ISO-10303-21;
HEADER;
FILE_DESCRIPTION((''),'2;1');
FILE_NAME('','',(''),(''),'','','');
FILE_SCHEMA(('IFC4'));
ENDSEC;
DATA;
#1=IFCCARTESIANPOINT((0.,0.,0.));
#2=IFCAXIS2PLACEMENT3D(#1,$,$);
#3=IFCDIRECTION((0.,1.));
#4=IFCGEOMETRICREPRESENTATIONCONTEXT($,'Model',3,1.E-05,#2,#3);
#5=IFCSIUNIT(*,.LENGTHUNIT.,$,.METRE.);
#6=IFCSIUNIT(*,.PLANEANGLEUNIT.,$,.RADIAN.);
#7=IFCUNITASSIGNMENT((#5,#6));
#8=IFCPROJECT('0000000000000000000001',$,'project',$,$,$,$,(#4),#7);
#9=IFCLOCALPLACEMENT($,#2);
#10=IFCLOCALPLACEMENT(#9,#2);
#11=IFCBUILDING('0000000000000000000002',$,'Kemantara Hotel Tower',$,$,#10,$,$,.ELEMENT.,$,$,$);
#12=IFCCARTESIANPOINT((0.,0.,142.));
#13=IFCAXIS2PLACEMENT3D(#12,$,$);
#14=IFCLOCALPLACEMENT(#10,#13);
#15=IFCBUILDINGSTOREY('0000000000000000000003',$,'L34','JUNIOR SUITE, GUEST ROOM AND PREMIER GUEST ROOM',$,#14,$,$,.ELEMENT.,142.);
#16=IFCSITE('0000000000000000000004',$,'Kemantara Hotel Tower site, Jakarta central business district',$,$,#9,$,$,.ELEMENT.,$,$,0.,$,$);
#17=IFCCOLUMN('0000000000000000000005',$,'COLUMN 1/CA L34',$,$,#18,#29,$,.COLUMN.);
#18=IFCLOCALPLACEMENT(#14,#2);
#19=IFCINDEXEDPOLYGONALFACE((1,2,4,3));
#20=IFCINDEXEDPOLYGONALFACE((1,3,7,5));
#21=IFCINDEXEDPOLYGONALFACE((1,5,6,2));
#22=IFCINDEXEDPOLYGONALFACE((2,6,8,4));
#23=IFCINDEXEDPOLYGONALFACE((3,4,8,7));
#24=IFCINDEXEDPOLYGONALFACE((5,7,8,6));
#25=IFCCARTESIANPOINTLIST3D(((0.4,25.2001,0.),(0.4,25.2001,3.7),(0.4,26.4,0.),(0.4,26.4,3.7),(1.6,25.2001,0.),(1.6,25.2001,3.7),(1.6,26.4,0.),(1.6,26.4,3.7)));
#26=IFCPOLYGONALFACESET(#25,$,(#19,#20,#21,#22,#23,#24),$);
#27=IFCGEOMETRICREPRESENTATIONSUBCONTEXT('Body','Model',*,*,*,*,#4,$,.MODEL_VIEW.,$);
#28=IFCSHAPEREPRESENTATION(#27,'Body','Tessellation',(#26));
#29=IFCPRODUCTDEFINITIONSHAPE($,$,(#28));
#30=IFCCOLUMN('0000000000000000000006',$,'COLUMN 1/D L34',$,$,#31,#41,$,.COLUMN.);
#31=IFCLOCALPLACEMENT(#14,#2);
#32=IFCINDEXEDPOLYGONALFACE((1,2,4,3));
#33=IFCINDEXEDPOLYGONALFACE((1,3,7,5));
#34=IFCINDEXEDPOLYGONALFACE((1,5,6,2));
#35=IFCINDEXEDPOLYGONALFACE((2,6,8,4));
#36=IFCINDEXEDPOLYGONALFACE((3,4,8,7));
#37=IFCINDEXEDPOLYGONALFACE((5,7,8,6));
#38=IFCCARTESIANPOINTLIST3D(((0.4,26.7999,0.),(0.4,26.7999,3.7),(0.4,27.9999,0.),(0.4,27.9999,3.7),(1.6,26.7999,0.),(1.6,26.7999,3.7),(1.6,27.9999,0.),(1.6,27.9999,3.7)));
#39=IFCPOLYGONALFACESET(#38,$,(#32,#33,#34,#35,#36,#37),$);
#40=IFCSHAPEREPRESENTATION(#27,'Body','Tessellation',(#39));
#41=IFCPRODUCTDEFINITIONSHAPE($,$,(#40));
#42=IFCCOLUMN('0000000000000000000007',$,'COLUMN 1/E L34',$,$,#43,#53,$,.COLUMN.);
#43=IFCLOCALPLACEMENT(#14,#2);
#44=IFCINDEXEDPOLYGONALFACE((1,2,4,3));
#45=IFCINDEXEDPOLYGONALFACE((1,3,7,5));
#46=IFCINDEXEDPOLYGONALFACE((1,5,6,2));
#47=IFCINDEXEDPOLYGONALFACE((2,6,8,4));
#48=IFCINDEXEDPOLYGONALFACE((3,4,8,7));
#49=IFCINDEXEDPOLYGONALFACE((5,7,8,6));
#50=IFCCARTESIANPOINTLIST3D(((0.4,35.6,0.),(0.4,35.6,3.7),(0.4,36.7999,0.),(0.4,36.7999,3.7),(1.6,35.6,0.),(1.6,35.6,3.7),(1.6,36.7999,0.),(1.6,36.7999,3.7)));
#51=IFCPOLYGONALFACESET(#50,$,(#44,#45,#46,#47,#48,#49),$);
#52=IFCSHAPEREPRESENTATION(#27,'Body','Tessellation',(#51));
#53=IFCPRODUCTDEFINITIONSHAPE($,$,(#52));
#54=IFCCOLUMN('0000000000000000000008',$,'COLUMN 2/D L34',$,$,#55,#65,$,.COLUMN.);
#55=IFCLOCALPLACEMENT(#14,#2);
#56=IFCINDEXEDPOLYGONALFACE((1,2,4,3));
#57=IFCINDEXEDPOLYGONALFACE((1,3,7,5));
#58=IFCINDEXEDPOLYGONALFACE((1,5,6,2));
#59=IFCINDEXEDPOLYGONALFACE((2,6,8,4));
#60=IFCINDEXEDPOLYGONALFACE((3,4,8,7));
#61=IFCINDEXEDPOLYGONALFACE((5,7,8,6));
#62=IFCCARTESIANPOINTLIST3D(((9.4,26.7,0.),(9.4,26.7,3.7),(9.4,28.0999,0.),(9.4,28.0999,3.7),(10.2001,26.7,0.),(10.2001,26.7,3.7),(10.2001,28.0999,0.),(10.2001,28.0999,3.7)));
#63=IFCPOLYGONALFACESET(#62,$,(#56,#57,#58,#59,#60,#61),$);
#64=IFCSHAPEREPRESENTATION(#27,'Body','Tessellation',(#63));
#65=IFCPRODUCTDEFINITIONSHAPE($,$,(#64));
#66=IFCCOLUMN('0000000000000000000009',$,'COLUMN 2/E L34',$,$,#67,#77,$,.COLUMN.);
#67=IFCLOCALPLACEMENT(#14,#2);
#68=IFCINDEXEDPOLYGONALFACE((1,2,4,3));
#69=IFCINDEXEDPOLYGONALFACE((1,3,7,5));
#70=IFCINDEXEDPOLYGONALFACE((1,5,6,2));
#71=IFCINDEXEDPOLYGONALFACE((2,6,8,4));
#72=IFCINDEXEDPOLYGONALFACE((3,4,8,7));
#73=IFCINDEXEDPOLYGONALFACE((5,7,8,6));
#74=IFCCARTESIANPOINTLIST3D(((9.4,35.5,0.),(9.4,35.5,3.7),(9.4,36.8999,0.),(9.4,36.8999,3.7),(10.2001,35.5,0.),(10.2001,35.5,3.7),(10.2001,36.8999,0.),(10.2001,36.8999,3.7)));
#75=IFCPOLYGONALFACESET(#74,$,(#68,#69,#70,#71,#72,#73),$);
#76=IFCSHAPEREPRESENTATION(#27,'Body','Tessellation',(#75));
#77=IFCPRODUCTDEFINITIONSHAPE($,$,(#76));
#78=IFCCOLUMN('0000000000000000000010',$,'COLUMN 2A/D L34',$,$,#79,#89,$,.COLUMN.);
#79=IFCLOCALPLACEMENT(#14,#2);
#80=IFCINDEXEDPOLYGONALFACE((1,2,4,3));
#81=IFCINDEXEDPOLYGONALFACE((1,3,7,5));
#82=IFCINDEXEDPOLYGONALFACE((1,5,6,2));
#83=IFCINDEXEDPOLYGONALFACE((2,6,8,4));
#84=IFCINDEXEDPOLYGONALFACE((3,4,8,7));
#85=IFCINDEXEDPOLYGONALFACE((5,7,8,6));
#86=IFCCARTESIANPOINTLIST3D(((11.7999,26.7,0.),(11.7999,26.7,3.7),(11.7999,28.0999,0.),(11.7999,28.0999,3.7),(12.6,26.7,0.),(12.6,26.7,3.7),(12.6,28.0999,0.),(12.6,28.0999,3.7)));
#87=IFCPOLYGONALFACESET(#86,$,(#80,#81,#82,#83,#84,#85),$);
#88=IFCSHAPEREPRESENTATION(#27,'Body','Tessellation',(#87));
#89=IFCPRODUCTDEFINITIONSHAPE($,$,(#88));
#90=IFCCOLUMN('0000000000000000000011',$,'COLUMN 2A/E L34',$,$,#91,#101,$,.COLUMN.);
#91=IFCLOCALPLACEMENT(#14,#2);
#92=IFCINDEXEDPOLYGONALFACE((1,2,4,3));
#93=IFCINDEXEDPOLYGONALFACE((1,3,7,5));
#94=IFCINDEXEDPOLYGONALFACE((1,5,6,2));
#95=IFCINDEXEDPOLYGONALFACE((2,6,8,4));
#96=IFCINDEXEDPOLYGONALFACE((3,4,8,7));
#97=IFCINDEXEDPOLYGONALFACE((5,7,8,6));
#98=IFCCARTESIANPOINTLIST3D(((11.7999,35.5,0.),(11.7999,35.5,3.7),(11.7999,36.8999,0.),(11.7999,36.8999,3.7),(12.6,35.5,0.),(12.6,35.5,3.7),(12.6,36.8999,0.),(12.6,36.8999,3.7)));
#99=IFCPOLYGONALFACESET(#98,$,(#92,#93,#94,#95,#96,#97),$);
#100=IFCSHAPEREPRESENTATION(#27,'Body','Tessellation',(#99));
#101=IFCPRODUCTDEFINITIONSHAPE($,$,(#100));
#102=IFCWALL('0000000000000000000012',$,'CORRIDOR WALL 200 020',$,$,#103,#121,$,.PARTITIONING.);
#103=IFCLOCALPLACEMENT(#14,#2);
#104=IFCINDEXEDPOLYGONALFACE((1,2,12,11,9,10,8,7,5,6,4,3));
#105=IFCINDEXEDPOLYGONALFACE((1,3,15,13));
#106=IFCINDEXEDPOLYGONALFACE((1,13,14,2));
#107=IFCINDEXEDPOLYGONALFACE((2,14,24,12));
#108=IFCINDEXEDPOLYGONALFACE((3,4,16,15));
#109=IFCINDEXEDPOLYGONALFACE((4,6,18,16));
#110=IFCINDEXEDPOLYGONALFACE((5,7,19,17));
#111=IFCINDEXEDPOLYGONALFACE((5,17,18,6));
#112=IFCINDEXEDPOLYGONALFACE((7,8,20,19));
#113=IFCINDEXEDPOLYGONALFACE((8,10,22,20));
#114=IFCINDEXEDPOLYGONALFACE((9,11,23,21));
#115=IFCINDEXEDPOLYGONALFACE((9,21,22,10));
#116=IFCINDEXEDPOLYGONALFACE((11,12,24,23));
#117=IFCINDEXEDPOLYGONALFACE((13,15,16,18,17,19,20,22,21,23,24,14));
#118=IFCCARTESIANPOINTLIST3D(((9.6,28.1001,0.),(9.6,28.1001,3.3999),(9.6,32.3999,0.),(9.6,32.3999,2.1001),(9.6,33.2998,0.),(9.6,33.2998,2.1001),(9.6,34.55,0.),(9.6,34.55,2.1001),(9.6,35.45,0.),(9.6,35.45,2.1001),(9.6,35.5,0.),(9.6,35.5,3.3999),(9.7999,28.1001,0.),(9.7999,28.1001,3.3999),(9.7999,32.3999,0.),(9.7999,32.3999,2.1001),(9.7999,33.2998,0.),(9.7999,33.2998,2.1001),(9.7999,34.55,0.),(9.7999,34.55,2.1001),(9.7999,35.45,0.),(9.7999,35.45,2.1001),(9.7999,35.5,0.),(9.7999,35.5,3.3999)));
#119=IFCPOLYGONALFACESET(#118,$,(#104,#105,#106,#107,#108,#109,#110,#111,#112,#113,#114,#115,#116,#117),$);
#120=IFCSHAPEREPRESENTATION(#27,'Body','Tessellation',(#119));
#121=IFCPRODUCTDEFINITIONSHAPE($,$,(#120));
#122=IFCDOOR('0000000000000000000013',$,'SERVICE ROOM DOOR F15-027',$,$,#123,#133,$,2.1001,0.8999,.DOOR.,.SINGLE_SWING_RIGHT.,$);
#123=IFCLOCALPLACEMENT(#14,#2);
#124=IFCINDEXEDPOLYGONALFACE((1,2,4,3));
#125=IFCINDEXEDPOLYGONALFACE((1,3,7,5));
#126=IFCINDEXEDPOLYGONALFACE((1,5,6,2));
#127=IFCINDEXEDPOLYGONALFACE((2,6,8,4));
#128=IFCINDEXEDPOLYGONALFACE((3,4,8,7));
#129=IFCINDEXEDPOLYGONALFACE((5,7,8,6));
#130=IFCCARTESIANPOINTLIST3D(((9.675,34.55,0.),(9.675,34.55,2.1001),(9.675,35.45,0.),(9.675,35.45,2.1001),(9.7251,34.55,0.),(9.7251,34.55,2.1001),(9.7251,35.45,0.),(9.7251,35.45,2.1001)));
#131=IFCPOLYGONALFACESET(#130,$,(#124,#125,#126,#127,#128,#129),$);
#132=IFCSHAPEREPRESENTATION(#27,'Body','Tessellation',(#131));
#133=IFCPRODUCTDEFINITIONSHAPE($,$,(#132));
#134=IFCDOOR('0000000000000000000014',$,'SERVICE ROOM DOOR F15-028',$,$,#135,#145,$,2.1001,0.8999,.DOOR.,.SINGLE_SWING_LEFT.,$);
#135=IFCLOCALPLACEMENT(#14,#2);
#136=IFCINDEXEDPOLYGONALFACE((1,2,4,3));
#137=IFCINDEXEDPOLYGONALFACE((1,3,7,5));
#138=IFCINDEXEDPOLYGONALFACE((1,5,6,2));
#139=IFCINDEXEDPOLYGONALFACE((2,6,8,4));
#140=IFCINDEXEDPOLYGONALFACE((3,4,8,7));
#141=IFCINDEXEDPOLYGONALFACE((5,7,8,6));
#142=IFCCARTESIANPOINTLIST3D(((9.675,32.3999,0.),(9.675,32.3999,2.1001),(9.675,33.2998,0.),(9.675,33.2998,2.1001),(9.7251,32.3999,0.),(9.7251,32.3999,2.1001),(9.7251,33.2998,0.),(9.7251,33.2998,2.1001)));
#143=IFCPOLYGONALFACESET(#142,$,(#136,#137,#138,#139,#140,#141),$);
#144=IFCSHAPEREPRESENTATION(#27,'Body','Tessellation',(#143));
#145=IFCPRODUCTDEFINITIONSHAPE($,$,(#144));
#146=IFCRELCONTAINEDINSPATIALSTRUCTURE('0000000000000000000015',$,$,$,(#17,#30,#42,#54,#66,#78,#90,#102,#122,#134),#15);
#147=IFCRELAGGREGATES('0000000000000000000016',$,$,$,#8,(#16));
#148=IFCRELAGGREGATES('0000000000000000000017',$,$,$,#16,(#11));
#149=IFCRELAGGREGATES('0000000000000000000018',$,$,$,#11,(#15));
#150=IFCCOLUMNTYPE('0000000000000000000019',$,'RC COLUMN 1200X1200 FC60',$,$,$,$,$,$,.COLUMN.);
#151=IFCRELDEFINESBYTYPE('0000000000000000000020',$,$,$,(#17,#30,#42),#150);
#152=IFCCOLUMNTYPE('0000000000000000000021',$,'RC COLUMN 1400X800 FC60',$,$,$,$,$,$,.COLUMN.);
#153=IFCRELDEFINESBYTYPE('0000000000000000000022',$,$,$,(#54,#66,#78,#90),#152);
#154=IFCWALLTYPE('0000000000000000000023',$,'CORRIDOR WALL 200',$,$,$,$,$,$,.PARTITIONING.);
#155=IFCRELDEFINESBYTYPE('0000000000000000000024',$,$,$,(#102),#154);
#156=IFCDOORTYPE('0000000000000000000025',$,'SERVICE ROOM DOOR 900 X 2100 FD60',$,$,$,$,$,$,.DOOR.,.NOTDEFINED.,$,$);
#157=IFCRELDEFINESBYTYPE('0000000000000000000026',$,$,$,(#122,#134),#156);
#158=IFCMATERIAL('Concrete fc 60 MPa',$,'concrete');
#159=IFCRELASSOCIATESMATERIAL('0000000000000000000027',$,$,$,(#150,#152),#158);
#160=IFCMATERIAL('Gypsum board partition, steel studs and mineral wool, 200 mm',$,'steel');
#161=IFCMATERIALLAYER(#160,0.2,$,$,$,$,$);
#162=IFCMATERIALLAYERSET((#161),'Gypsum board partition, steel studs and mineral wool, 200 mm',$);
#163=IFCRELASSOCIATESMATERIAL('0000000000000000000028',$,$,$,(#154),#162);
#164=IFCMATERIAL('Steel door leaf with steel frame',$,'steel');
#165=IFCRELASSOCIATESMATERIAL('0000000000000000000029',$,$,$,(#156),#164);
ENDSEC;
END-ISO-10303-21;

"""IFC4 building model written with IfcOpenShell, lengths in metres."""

from ifc_helpers import new_model, si_unit, direction, frame, frame_2d, origin, origin_2d, place, context, subcontext, project, spatial, rectangle, extrude, material, layer, layer_set, material_profile, profile_set, type_object, element, fill, save


model = new_model("IFC4")

# Units and contexts
model_context = context("Model", 3, precision=1e-05, world=origin(), true_north=direction((0.0, 1.0)))
body_context = subcontext(model_context, "Body", "Model", "MODEL_VIEW")
ifc_project = project(units=[si_unit("LENGTHUNIT", "METRE"), si_unit("PLANEANGLEUNIT", "RADIAN")], contexts=[model_context])

# Site, building, storey
site_placement = place(None, origin())
site = spatial("IfcSite", under=ifc_project, at=site_placement, Name="Kemantara Hotel Tower site, Jakarta central business district", CompositionType="ELEMENT", RefElevation=0.0)
building_placement = place(site_placement, origin())
building = spatial("IfcBuilding", under=site, at=building_placement, Name="Kemantara Hotel Tower", CompositionType="ELEMENT")
storey_placement = place(building_placement, frame((0.0, 0.0, 142.0)))
storey = spatial("IfcBuildingStorey", under=building, at=storey_placement, Name="L34", Description="JUNIOR SUITE, GUEST ROOM AND PREMIER GUEST ROOM", CompositionType="ELEMENT", Elevation=142.0)

# Columns
ifc_material_1 = material(Name="Concrete fc 60 MPa", Category="concrete")
ifc_material_profile_1 = material_profile(ifc_material_1, rectangle(XDim=1.2, YDim=1.2, at=origin_2d()), Name="RC 1200X1200")
ifc_profile_set_1 = profile_set([ifc_material_profile_1], Name="Concrete fc 60 MPa")
column_type_1 = type_object("IfcColumnType", Name="RC COLUMN 1200X1200 FC60", PredefinedType="COLUMN", material=ifc_profile_set_1)
for number, where, z_axis, x_axis, name in (
    (1, (1.0, 25.8, 0.0), (0.0, 0.0, 1.0), (1.0, 0.0, 0.0), "COLUMN 1/CA L34"),
    (2, (1.0, 27.3999, 0.0), (0.0, 0.0, 1.0), (1.0, 0.0, 0.0), "COLUMN 1/D L34"),
    (3, (1.0, 36.2, 0.0), (0.0, 0.0, 1.0), (1.0, 0.0, 0.0), "COLUMN 1/E L34"),
):
    element("IfcColumn", number, at=place(storey_placement, frame(where, z_axis=z_axis, x_axis=x_axis)), inside=storey, type_object=column_type_1, Name=name, PredefinedType="COLUMN", context=body_context, shape_type="SweptSolid", body=[
        extrude(rectangle(XDim=1.2, YDim=1.2, at=origin_2d()), origin(), (0.0, 0.0, 1.0), 3.7),
    ])
ifc_material_profile_2 = material_profile(ifc_material_1, rectangle(XDim=1.3999, YDim=0.8, at=origin_2d()), Name="RC 1400X800")
ifc_profile_set_2 = profile_set([ifc_material_profile_2], Name="Concrete fc 60 MPa")
column_type_2 = type_object("IfcColumnType", Name="RC COLUMN 1400X800 FC60", PredefinedType="COLUMN", material=ifc_profile_set_2)
for number, where, z_axis, x_axis, name in (
    (4, (9.8, 27.3999, 0.0), (0.0, 0.0, 1.0), (0.0, 1.0, 0.0), "COLUMN 2/D L34"),
    (5, (9.8, 36.2, 0.0), (0.0, 0.0, 1.0), (0.0, 1.0, 0.0), "COLUMN 2/E L34"),
    (6, (12.2, 27.3999, 0.0), (0.0, 0.0, 1.0), (0.0, 1.0, 0.0), "COLUMN 2A/D L34"),
    (7, (12.2, 36.2, 0.0), (0.0, 0.0, 1.0), (0.0, 1.0, 0.0), "COLUMN 2A/E L34"),
):
    element("IfcColumn", number, at=place(storey_placement, frame(where, z_axis=z_axis, x_axis=x_axis)), inside=storey, type_object=column_type_2, Name=name, PredefinedType="COLUMN", context=body_context, shape_type="SweptSolid", body=[
        extrude(rectangle(XDim=1.3999, YDim=0.8, at=origin_2d()), origin(), (0.0, 0.0, 1.0), 3.7),
    ])

# Wall, openings, doors
ifc_material_2 = material(Name="Gypsum board partition, steel studs and mineral wool, 200 mm", Category="steel")
ifc_layer_1 = layer(ifc_material_2, 0.2)
ifc_layer_set_1 = layer_set([ifc_layer_1], Name="Gypsum board partition, steel studs and mineral wool, 200 mm")
wall_type_1 = type_object("IfcWallType", Name="CORRIDOR WALL 200", PredefinedType="PARTITIONING", material=ifc_layer_set_1)
wall_1_placement = place(storey_placement, frame((9.7, 28.1001, 0.0), z_axis=(0.0, 0.0, 1.0), x_axis=(0.0, 1.0, 0.0)))
wall_1 = element("IfcWall", 8, at=wall_1_placement, inside=storey, type_object=wall_type_1, Name="CORRIDOR WALL 200 020", PredefinedType="PARTITIONING", context=body_context, shape_type="SweptSolid", body=[
    extrude(rectangle(XDim=7.3999, YDim=0.2, at=frame_2d((3.7, 0.0))), origin(), (0.0, 0.0, 1.0), 3.3999),
])
opening_1_placement = place(wall_1_placement, frame((6.45, 0.0, 0.0)))
opening_1 = element("IfcOpeningElement", 9, at=opening_1_placement, cuts=wall_1, PredefinedType="OPENING", context=body_context, shape_type="SweptSolid", body=[
    extrude(rectangle(XDim=0.8999, YDim=2.1001, at=frame_2d((0.45, 1.05))), frame((0.0, 0.1099, 0.0), z_axis=(0.0, -1.0, 0.0), x_axis=(1.0, 0.0, 0.0)), (0.0, 0.0, 1.0), 0.22),
])
opening_2_placement = place(wall_1_placement, frame((4.2998, 0.0, 0.0)))
opening_2 = element("IfcOpeningElement", 10, at=opening_2_placement, cuts=wall_1, PredefinedType="OPENING", context=body_context, shape_type="SweptSolid", body=[
    extrude(rectangle(XDim=0.8999, YDim=2.1001, at=frame_2d((0.45, 1.05))), frame((0.0, 0.1099, 0.0), z_axis=(0.0, -1.0, 0.0), x_axis=(1.0, 0.0, 0.0)), (0.0, 0.0, 1.0), 0.22),
])
ifc_material_3 = material(Name="Steel door leaf with steel frame", Category="steel")
door_type_1 = type_object("IfcDoorType", Name="SERVICE ROOM DOOR 900 X 2100 FD60", OperationType="NOTDEFINED", PredefinedType="DOOR", material=ifc_material_3)
door_1_placement = place(opening_1_placement, origin())
door_1 = element("IfcDoor", 11, at=door_1_placement, inside=storey, type_object=door_type_1, Name="SERVICE ROOM DOOR F15-027", OperationType="SINGLE_SWING_RIGHT", OverallHeight=2.1001, OverallWidth=0.8999, PredefinedType="DOOR", context=body_context, shape_type="SweptSolid", body=[
    extrude(rectangle(XDim=0.8999, YDim=2.1001, at=frame_2d((0.45, 1.05))), frame((0.0, 0.0249, 0.0), z_axis=(0.0, -1.0, 0.0), x_axis=(1.0, 0.0, 0.0)), (0.0, 0.0, 1.0), 0.05),
])
fill(opening_1, door_1)
door_2_placement = place(opening_2_placement, origin())
door_2 = element("IfcDoor", 12, at=door_2_placement, inside=storey, type_object=door_type_1, Name="SERVICE ROOM DOOR F15-028", OperationType="SINGLE_SWING_LEFT", OverallHeight=2.1001, OverallWidth=0.8999, PredefinedType="DOOR", context=body_context, shape_type="SweptSolid", body=[
    extrude(rectangle(XDim=0.8999, YDim=2.1001, at=frame_2d((0.45, 1.05))), frame((0.0, 0.0249, 0.0), z_axis=(0.0, -1.0, 0.0), x_axis=(1.0, 0.0, 0.0)), (0.0, 0.0, 1.0), 0.05),
])
fill(opening_2, door_2)

save(model, "model.ifc")
